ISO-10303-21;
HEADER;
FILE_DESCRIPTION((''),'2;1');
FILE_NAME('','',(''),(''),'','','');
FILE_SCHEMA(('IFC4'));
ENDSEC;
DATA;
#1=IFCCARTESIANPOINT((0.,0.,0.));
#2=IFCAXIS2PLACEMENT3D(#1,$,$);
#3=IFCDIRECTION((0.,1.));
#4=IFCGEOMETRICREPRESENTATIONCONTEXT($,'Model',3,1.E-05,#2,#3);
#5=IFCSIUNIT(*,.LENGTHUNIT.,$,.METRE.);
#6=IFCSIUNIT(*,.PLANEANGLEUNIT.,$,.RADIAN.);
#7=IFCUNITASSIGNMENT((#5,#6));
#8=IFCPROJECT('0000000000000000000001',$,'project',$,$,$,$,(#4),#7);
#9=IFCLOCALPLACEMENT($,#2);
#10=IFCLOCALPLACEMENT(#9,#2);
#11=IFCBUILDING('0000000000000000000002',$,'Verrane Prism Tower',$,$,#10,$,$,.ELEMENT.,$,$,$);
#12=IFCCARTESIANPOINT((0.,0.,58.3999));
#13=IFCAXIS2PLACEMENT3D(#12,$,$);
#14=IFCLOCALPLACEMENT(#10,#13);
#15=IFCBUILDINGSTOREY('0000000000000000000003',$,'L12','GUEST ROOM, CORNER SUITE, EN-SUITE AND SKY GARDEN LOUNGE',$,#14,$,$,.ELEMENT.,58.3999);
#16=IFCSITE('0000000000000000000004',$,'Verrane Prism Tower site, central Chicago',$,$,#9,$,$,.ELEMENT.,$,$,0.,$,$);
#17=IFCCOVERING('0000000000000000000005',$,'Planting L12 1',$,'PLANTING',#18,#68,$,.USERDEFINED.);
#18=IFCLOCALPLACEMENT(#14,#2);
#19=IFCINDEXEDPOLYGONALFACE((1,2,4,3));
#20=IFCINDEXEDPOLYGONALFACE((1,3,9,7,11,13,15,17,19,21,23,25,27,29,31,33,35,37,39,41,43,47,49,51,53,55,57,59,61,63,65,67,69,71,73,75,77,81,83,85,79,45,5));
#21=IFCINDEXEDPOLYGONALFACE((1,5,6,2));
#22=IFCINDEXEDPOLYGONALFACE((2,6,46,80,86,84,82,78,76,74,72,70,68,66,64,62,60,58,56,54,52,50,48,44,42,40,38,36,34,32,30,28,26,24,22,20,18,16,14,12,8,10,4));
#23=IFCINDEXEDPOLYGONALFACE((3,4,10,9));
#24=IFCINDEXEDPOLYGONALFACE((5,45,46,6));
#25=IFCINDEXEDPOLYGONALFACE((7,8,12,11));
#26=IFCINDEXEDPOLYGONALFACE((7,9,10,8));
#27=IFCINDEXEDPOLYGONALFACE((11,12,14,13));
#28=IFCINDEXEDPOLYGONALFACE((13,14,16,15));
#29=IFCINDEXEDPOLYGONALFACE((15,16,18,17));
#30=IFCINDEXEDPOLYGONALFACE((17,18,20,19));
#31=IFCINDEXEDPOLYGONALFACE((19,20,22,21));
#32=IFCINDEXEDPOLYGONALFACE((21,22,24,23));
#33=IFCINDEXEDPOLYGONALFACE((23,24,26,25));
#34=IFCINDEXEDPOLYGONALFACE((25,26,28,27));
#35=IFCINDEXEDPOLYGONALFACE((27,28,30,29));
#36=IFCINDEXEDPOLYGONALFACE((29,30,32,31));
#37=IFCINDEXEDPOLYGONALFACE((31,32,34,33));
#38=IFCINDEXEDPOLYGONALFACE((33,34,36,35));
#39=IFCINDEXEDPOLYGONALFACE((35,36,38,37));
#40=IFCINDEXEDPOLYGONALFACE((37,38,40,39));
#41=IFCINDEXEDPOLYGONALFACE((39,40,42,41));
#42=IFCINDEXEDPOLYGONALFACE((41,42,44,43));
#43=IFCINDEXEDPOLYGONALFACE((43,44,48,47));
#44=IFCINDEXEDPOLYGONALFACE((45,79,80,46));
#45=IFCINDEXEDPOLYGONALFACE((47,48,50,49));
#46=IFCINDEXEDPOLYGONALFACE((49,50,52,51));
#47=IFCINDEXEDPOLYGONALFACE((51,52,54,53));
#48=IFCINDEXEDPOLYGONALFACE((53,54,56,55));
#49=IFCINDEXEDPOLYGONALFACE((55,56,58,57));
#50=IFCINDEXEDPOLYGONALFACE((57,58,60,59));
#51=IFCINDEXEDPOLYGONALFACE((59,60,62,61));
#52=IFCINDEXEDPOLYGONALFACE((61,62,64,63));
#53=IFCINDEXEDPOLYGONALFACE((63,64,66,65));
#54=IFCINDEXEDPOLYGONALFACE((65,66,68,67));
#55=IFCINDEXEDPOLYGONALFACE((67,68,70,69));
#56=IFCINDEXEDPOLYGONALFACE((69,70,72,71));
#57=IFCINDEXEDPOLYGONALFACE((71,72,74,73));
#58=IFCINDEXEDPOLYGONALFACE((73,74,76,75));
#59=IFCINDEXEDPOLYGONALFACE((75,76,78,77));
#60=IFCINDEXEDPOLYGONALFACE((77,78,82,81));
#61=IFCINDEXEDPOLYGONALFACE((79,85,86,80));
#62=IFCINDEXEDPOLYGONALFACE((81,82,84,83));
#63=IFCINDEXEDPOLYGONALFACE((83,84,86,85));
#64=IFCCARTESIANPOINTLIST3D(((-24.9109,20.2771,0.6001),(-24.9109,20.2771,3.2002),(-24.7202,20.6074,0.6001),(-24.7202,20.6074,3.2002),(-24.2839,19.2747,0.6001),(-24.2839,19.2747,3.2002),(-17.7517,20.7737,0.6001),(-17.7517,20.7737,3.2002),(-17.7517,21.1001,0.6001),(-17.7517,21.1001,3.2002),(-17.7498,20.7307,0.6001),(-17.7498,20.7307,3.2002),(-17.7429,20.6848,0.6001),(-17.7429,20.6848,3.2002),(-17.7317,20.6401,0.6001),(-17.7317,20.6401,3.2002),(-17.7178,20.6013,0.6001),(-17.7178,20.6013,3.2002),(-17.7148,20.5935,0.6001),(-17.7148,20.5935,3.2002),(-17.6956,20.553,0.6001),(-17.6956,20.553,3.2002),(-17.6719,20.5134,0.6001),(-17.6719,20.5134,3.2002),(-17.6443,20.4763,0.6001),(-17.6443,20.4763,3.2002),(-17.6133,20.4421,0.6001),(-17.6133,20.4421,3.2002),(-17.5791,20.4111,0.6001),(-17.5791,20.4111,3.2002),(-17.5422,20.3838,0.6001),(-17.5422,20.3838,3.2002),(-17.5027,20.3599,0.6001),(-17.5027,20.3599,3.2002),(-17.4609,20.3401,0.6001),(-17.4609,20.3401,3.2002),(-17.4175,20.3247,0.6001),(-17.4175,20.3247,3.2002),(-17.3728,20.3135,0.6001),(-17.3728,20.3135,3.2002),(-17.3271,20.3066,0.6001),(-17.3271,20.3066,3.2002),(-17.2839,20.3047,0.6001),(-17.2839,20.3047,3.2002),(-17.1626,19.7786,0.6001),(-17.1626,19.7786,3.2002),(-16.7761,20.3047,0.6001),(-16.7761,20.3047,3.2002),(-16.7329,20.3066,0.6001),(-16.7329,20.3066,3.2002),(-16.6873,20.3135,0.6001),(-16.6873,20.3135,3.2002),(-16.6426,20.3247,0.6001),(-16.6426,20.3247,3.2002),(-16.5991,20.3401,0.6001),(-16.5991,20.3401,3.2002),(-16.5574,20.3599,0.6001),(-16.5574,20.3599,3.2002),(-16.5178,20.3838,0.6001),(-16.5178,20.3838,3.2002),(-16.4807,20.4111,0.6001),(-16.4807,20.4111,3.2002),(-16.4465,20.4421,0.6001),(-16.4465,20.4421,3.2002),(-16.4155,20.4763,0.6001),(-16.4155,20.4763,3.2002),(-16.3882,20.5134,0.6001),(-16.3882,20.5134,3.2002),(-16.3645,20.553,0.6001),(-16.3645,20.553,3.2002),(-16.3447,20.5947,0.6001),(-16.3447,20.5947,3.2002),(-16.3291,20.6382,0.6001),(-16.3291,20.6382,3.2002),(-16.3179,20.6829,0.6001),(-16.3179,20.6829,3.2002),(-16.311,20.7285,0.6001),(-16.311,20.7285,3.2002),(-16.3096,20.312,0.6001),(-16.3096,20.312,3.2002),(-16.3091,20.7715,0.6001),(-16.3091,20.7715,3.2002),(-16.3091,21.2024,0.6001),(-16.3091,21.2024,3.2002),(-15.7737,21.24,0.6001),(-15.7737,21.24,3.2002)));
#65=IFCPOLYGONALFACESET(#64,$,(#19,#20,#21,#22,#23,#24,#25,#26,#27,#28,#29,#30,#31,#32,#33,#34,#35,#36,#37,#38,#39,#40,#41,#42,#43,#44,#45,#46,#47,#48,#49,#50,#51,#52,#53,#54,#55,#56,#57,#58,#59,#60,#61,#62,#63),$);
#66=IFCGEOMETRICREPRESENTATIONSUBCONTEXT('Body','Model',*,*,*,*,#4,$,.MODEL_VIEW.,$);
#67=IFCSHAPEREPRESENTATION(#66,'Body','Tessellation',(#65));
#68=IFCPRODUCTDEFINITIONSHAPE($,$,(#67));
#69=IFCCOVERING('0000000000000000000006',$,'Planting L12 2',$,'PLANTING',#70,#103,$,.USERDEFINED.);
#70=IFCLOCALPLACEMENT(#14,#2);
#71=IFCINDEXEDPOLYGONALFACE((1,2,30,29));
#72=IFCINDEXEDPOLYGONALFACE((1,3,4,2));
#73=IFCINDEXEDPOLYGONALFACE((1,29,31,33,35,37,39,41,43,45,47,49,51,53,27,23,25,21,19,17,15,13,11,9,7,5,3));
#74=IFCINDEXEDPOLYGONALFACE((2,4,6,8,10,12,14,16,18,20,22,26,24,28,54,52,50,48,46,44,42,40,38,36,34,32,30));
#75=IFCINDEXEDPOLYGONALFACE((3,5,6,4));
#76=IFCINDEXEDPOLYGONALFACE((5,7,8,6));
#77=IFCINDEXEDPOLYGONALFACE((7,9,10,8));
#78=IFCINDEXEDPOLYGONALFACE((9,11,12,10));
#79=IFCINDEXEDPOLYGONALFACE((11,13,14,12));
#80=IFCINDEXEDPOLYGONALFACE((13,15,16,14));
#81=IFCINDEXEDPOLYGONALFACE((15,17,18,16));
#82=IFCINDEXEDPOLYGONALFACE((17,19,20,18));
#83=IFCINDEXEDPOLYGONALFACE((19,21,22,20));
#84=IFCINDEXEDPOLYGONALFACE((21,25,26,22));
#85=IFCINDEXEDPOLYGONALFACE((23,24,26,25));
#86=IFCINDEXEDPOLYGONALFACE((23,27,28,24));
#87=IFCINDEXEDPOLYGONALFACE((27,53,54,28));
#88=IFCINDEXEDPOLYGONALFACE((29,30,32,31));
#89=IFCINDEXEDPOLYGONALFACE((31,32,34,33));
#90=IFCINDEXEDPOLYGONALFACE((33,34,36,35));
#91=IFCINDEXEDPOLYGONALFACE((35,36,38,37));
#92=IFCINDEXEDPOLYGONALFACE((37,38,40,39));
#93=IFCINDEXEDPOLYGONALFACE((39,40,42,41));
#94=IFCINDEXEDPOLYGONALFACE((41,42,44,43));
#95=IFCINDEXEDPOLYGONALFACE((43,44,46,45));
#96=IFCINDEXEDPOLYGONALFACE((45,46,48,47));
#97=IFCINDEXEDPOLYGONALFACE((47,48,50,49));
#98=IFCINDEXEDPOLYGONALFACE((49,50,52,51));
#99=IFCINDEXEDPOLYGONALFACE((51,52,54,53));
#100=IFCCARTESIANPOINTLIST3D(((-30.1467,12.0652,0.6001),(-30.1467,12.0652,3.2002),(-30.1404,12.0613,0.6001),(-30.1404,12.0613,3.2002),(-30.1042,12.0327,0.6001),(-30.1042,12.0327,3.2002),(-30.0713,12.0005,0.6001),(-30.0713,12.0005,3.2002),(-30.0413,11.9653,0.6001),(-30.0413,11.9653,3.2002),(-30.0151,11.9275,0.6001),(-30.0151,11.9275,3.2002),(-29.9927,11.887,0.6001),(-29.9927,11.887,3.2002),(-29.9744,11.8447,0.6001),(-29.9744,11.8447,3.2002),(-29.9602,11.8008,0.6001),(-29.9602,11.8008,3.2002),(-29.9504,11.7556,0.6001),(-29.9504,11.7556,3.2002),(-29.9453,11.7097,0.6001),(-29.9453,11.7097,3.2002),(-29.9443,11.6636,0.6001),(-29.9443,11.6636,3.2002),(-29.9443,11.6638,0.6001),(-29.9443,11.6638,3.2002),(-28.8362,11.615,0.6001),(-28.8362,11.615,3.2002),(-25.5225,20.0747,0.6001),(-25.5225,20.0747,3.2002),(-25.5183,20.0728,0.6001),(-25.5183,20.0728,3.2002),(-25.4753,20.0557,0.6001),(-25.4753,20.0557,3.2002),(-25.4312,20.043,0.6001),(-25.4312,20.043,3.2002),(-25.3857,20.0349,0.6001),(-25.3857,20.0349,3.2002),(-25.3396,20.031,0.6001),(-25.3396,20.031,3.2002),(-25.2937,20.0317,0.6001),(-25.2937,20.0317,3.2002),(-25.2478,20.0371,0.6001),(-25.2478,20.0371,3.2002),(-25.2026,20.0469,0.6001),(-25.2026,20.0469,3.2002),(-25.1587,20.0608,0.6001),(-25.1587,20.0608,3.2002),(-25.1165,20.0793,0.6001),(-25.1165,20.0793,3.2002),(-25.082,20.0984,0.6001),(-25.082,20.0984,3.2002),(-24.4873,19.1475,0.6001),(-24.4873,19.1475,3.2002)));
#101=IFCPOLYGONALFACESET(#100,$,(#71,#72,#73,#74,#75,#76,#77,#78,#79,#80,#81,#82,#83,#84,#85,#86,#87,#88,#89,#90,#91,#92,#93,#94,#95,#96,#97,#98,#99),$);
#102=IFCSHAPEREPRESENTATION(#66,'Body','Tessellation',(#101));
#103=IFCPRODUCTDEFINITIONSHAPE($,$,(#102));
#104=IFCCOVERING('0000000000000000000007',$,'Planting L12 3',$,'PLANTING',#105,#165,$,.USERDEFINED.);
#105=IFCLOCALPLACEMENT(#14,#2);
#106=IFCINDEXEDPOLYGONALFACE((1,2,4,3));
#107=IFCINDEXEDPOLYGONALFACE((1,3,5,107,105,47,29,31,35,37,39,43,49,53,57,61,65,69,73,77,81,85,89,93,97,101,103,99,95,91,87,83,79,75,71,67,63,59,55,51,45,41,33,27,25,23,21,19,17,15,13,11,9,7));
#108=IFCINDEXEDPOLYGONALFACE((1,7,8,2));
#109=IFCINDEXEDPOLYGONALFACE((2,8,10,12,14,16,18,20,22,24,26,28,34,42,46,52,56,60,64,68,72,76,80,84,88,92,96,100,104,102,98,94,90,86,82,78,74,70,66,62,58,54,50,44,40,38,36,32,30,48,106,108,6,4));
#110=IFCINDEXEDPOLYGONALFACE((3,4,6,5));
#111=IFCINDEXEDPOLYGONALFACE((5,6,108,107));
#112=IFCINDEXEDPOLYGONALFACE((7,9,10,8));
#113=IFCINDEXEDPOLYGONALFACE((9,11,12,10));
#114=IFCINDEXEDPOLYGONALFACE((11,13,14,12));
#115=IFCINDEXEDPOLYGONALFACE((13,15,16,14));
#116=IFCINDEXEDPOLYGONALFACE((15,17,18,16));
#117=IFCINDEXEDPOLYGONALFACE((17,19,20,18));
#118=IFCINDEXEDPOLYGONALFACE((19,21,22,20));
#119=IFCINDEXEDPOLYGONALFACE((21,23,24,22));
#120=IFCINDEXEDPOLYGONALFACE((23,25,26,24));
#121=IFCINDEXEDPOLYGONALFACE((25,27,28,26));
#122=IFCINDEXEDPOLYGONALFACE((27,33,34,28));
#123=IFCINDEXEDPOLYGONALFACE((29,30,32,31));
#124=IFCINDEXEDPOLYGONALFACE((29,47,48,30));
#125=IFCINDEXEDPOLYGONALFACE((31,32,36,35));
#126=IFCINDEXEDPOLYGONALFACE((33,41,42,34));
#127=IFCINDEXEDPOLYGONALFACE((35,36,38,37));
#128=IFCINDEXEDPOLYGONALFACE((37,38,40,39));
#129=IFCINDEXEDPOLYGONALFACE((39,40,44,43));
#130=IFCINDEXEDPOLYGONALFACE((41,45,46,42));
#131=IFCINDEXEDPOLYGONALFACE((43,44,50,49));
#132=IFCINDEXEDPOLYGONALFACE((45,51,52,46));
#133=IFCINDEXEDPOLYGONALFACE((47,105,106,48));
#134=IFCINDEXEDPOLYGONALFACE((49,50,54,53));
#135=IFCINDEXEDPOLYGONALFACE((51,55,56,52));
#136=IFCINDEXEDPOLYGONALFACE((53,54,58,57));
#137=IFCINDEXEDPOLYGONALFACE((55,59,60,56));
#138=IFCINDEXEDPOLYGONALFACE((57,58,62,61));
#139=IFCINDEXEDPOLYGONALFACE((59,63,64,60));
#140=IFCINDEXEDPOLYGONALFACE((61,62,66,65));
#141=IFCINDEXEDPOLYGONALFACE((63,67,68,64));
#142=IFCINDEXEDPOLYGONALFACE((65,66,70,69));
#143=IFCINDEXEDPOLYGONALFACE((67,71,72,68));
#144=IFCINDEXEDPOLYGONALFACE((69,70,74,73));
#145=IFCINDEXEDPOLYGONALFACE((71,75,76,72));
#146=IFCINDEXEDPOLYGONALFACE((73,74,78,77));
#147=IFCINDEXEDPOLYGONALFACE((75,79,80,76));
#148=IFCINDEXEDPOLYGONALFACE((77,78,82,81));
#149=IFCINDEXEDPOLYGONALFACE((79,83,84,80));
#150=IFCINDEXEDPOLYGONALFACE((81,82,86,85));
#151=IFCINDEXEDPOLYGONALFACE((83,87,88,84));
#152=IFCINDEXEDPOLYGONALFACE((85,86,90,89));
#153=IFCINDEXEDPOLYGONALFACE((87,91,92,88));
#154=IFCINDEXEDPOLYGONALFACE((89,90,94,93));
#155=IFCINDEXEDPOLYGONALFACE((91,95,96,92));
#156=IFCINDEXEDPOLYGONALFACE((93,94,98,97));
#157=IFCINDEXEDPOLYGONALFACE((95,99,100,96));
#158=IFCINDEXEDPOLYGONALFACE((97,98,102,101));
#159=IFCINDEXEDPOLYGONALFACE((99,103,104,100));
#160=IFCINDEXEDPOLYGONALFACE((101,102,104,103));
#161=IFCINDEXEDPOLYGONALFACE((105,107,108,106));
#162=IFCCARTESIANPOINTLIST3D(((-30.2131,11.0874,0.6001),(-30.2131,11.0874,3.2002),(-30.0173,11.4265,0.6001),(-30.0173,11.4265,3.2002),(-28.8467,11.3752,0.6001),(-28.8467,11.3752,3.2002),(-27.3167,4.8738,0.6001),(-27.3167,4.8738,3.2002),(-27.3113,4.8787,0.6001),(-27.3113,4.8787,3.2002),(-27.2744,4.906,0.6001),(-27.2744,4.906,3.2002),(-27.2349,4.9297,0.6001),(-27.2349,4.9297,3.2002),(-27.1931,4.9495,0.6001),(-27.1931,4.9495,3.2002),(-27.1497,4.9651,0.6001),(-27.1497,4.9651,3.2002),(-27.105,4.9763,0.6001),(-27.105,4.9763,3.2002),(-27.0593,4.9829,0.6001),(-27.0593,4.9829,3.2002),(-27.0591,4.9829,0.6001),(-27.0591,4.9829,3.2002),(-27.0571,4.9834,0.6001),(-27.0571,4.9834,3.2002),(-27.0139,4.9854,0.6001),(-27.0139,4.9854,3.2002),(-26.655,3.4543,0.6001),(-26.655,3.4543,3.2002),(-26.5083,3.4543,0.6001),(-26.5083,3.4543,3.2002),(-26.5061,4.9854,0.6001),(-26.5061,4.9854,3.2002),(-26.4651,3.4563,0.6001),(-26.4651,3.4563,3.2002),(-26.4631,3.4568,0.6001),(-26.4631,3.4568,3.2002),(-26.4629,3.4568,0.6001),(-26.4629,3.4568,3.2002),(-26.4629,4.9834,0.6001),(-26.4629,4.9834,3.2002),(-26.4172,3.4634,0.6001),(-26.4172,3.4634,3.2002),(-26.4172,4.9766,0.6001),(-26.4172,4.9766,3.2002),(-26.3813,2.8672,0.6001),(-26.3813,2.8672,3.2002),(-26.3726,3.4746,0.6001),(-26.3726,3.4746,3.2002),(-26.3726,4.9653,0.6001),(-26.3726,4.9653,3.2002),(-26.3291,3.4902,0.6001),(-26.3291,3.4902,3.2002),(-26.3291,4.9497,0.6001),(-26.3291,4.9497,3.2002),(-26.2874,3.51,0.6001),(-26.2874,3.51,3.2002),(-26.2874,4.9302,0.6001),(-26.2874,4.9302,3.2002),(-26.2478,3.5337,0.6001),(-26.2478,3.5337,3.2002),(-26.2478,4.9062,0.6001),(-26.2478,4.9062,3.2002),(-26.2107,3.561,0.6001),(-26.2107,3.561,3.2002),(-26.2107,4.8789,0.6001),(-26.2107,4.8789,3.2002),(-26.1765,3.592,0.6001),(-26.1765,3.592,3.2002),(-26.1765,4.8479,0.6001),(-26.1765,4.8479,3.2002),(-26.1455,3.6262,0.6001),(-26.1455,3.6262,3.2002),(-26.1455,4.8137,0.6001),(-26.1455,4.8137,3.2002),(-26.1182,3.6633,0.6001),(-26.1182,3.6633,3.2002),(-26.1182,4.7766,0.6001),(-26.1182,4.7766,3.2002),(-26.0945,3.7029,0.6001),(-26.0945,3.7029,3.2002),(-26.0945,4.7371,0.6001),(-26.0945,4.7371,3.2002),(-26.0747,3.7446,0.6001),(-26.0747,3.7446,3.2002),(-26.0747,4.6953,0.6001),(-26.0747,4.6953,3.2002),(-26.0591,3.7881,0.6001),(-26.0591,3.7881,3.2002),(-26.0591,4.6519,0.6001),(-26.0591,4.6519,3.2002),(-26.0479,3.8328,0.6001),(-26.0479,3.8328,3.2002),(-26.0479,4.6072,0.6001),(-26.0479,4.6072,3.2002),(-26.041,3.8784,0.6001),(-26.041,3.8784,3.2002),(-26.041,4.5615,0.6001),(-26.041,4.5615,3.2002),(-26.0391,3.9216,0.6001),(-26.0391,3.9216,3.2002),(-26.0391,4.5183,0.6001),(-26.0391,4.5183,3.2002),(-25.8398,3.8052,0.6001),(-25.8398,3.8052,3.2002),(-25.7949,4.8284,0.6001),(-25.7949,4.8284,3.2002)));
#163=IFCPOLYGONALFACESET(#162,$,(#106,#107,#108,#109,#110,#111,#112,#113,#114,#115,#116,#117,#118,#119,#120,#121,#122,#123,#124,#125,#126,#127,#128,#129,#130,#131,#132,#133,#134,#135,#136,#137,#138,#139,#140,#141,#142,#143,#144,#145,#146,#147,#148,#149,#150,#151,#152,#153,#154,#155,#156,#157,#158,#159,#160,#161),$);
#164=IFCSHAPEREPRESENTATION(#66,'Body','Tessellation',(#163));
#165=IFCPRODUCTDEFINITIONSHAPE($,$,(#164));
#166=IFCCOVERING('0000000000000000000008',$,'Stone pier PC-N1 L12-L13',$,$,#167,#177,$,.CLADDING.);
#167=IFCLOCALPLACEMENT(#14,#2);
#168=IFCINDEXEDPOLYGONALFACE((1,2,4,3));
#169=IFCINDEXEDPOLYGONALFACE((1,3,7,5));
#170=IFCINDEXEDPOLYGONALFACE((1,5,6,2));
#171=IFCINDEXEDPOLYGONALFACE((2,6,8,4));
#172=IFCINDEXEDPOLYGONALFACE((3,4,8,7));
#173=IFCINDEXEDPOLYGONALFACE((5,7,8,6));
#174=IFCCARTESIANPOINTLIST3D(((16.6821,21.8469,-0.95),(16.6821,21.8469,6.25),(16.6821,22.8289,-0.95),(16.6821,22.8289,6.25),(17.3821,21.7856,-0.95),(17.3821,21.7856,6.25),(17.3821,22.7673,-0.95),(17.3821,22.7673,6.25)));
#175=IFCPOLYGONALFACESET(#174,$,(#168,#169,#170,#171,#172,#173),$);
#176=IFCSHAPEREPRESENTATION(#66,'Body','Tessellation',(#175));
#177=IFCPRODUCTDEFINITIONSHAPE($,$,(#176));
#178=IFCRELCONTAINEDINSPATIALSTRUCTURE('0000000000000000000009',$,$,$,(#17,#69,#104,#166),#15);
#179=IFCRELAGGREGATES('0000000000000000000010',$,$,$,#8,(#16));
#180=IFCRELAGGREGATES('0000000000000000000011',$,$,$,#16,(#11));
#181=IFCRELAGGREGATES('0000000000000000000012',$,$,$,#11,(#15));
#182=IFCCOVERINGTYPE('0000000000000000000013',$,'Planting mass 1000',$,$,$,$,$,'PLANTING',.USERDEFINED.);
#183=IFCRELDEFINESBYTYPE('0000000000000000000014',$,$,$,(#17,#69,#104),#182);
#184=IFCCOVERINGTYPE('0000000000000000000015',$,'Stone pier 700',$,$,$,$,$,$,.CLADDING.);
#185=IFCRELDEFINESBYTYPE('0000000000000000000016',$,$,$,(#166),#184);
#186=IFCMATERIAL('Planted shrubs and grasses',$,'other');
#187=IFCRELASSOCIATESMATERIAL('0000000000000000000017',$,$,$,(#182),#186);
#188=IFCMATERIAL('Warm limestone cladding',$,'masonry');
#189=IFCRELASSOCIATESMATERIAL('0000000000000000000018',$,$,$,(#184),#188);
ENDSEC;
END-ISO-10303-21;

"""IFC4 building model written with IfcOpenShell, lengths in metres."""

from ifc_helpers import new_model, si_unit, direction, frame, origin, place, context, subcontext, project, spatial, polyline, outline, extrude, material, type_object, element, save


model = new_model("IFC4")

# Units and contexts
model_context = context("Model", 3, precision=1e-05, world=origin(), true_north=direction((0.0, 1.0)))
body_context = subcontext(model_context, "Body", "Model", "MODEL_VIEW")
ifc_project = project(units=[si_unit("LENGTHUNIT", "METRE"), si_unit("PLANEANGLEUNIT", "RADIAN")], contexts=[model_context])

# Site, building, storey
site_placement = place(None, origin())
site = spatial("IfcSite", under=ifc_project, at=site_placement, Name="Verrane Prism Tower site, central Chicago", CompositionType="ELEMENT", RefElevation=0.0)
building_placement = place(site_placement, origin())
building = spatial("IfcBuilding", under=site, at=building_placement, Name="Verrane Prism Tower", CompositionType="ELEMENT")
storey_placement = place(building_placement, frame((0.0, 0.0, 58.3999)))
storey = spatial("IfcBuildingStorey", under=building, at=storey_placement, Name="L12", Description="GUEST ROOM, CORNER SUITE, EN-SUITE AND SKY GARDEN LOUNGE", CompositionType="ELEMENT", Elevation=58.3999)

# Coverings
ifc_material_1 = material(Name="Planted shrubs and grasses", Category="other")
covering_type_1 = type_object("IfcCoveringType", Name="Planting mass 1000", ElementType="PLANTING", PredefinedType="USERDEFINED", material=ifc_material_1)
covering_1_placement = place(storey_placement, frame((0.0, 0.0, 0.6001)))
element("IfcCovering", 1, at=covering_1_placement, inside=storey, type_object=covering_type_1, Name="Planting L12 1", ObjectType="PLANTING", PredefinedType="USERDEFINED", context=body_context, shape_type="SweptSolid", body=[
    extrude(outline(polyline([(-24.2839, 19.2747), (-17.1626, 19.7786), (-16.3096, 20.312), (-15.7737, 21.24), (-16.3091, 21.2024), (-16.3091, 20.7715), (-16.311, 20.7285), (-16.3179, 20.6829), (-16.3291, 20.6382), (-16.3447, 20.5947), (-16.3645, 20.553), (-16.3882, 20.5134), (-16.4155, 20.4763), (-16.4465, 20.4421), (-16.4807, 20.4111), (-16.5178, 20.3838), (-16.5574, 20.3599), (-16.5991, 20.3401), (-16.6426, 20.3247), (-16.6873, 20.3135), (-16.7329, 20.3066), (-16.7761, 20.3047), (-17.2839, 20.3047), (-17.3271, 20.3066), (-17.3728, 20.3135), (-17.4175, 20.3247), (-17.4609, 20.3401), (-17.5027, 20.3599), (-17.5422, 20.3838), (-17.5791, 20.4111), (-17.6133, 20.4421), (-17.6443, 20.4763), (-17.6719, 20.5134), (-17.6956, 20.553), (-17.7148, 20.5935), (-17.7178, 20.6013), (-17.7317, 20.6401), (-17.7429, 20.6848), (-17.7498, 20.7307), (-17.7517, 20.7737), (-17.7517, 21.1001), (-24.7202, 20.6074), (-24.9109, 20.2771), (-24.2839, 19.2747)])), origin(), (0.0, 0.0, 1.0), 2.6001),
])
covering_2_placement = place(storey_placement, frame((0.0, 0.0, 0.6001)))
element("IfcCovering", 2, at=covering_2_placement, inside=storey, type_object=covering_type_1, Name="Planting L12 2", ObjectType="PLANTING", PredefinedType="USERDEFINED", context=body_context, shape_type="SweptSolid", body=[
    extrude(outline(polyline([(-30.1404, 12.0613), (-30.1042, 12.0327), (-30.0713, 12.0005), (-30.0413, 11.9653), (-30.0151, 11.9275), (-29.9927, 11.887), (-29.9744, 11.8447), (-29.9602, 11.8008), (-29.9504, 11.7556), (-29.9453, 11.7097), (-29.9443, 11.6638), (-29.9443, 11.6636), (-28.8362, 11.615), (-24.4873, 19.1475), (-25.082, 20.0984), (-25.1165, 20.0793), (-25.1587, 20.0608), (-25.2026, 20.0469), (-25.2478, 20.0371), (-25.2937, 20.0317), (-25.3396, 20.031), (-25.3857, 20.0349), (-25.4312, 20.043), (-25.4753, 20.0557), (-25.5183, 20.0728), (-25.5225, 20.0747), (-30.1467, 12.0652), (-30.1404, 12.0613)])), origin(), (0.0, 0.0, 1.0), 2.6001),
])
covering_3_placement = place(storey_placement, frame((0.0, 0.0, 0.6001)))
element("IfcCovering", 3, at=covering_3_placement, inside=storey, type_object=covering_type_1, Name="Planting L12 3", ObjectType="PLANTING", PredefinedType="USERDEFINED", context=body_context, shape_type="SweptSolid", body=[
    extrude(outline(polyline([(-30.2131, 11.0874), (-27.3167, 4.8738), (-27.3113, 4.8787), (-27.2744, 4.906), (-27.2349, 4.9297), (-27.1931, 4.9495), (-27.1497, 4.9651), (-27.105, 4.9763), (-27.0593, 4.9829), (-27.0591, 4.9829), (-27.0571, 4.9834), (-27.0139, 4.9854), (-26.5061, 4.9854), (-26.4629, 4.9834), (-26.4172, 4.9766), (-26.3726, 4.9653), (-26.3291, 4.9497), (-26.2874, 4.9302), (-26.2478, 4.9062), (-26.2107, 4.8789), (-26.1765, 4.8479), (-26.1455, 4.8137), (-26.1182, 4.7766), (-26.0945, 4.7371), (-26.0747, 4.6953), (-26.0591, 4.6519), (-26.0479, 4.6072), (-26.041, 4.5615), (-26.0391, 4.5183), (-26.0391, 3.9216), (-26.041, 3.8784), (-26.0479, 3.8328), (-26.0591, 3.7881), (-26.0747, 3.7446), (-26.0945, 3.7029), (-26.1182, 3.6633), (-26.1455, 3.6262), (-26.1765, 3.592), (-26.2107, 3.561), (-26.2478, 3.5337), (-26.2874, 3.51), (-26.3291, 3.4902), (-26.3726, 3.4746), (-26.4172, 3.4634), (-26.4629, 3.4568), (-26.4631, 3.4568), (-26.4651, 3.4563), (-26.5083, 3.4543), (-26.655, 3.4543), (-26.3813, 2.8672), (-25.8398, 3.8052), (-25.7949, 4.8284), (-28.8467, 11.3752), (-30.0173, 11.4265), (-30.2131, 11.0874)])), origin(), (0.0, 0.0, 1.0), 2.6001),
])
ifc_material_2 = material(Name="Warm limestone cladding", Category="masonry")
covering_type_2 = type_object("IfcCoveringType", Name="Stone pier 700", PredefinedType="CLADDING", material=ifc_material_2)
covering_4_placement = place(storey_placement, frame((0.0, 0.0, -0.95)))
element("IfcCovering", 4, at=covering_4_placement, inside=storey, type_object=covering_type_2, Name="Stone pier PC-N1 L12-L13", PredefinedType="CLADDING", context=body_context, shape_type="SweptSolid", body=[
    extrude(outline(polyline([(16.6821, 22.8289), (16.6821, 21.8469), (17.3821, 21.7856), (17.3821, 22.7673), (16.6821, 22.8289)])), origin(), (0.0, 0.0, 1.0), 7.2),
])

save(model, "model.ifc")
